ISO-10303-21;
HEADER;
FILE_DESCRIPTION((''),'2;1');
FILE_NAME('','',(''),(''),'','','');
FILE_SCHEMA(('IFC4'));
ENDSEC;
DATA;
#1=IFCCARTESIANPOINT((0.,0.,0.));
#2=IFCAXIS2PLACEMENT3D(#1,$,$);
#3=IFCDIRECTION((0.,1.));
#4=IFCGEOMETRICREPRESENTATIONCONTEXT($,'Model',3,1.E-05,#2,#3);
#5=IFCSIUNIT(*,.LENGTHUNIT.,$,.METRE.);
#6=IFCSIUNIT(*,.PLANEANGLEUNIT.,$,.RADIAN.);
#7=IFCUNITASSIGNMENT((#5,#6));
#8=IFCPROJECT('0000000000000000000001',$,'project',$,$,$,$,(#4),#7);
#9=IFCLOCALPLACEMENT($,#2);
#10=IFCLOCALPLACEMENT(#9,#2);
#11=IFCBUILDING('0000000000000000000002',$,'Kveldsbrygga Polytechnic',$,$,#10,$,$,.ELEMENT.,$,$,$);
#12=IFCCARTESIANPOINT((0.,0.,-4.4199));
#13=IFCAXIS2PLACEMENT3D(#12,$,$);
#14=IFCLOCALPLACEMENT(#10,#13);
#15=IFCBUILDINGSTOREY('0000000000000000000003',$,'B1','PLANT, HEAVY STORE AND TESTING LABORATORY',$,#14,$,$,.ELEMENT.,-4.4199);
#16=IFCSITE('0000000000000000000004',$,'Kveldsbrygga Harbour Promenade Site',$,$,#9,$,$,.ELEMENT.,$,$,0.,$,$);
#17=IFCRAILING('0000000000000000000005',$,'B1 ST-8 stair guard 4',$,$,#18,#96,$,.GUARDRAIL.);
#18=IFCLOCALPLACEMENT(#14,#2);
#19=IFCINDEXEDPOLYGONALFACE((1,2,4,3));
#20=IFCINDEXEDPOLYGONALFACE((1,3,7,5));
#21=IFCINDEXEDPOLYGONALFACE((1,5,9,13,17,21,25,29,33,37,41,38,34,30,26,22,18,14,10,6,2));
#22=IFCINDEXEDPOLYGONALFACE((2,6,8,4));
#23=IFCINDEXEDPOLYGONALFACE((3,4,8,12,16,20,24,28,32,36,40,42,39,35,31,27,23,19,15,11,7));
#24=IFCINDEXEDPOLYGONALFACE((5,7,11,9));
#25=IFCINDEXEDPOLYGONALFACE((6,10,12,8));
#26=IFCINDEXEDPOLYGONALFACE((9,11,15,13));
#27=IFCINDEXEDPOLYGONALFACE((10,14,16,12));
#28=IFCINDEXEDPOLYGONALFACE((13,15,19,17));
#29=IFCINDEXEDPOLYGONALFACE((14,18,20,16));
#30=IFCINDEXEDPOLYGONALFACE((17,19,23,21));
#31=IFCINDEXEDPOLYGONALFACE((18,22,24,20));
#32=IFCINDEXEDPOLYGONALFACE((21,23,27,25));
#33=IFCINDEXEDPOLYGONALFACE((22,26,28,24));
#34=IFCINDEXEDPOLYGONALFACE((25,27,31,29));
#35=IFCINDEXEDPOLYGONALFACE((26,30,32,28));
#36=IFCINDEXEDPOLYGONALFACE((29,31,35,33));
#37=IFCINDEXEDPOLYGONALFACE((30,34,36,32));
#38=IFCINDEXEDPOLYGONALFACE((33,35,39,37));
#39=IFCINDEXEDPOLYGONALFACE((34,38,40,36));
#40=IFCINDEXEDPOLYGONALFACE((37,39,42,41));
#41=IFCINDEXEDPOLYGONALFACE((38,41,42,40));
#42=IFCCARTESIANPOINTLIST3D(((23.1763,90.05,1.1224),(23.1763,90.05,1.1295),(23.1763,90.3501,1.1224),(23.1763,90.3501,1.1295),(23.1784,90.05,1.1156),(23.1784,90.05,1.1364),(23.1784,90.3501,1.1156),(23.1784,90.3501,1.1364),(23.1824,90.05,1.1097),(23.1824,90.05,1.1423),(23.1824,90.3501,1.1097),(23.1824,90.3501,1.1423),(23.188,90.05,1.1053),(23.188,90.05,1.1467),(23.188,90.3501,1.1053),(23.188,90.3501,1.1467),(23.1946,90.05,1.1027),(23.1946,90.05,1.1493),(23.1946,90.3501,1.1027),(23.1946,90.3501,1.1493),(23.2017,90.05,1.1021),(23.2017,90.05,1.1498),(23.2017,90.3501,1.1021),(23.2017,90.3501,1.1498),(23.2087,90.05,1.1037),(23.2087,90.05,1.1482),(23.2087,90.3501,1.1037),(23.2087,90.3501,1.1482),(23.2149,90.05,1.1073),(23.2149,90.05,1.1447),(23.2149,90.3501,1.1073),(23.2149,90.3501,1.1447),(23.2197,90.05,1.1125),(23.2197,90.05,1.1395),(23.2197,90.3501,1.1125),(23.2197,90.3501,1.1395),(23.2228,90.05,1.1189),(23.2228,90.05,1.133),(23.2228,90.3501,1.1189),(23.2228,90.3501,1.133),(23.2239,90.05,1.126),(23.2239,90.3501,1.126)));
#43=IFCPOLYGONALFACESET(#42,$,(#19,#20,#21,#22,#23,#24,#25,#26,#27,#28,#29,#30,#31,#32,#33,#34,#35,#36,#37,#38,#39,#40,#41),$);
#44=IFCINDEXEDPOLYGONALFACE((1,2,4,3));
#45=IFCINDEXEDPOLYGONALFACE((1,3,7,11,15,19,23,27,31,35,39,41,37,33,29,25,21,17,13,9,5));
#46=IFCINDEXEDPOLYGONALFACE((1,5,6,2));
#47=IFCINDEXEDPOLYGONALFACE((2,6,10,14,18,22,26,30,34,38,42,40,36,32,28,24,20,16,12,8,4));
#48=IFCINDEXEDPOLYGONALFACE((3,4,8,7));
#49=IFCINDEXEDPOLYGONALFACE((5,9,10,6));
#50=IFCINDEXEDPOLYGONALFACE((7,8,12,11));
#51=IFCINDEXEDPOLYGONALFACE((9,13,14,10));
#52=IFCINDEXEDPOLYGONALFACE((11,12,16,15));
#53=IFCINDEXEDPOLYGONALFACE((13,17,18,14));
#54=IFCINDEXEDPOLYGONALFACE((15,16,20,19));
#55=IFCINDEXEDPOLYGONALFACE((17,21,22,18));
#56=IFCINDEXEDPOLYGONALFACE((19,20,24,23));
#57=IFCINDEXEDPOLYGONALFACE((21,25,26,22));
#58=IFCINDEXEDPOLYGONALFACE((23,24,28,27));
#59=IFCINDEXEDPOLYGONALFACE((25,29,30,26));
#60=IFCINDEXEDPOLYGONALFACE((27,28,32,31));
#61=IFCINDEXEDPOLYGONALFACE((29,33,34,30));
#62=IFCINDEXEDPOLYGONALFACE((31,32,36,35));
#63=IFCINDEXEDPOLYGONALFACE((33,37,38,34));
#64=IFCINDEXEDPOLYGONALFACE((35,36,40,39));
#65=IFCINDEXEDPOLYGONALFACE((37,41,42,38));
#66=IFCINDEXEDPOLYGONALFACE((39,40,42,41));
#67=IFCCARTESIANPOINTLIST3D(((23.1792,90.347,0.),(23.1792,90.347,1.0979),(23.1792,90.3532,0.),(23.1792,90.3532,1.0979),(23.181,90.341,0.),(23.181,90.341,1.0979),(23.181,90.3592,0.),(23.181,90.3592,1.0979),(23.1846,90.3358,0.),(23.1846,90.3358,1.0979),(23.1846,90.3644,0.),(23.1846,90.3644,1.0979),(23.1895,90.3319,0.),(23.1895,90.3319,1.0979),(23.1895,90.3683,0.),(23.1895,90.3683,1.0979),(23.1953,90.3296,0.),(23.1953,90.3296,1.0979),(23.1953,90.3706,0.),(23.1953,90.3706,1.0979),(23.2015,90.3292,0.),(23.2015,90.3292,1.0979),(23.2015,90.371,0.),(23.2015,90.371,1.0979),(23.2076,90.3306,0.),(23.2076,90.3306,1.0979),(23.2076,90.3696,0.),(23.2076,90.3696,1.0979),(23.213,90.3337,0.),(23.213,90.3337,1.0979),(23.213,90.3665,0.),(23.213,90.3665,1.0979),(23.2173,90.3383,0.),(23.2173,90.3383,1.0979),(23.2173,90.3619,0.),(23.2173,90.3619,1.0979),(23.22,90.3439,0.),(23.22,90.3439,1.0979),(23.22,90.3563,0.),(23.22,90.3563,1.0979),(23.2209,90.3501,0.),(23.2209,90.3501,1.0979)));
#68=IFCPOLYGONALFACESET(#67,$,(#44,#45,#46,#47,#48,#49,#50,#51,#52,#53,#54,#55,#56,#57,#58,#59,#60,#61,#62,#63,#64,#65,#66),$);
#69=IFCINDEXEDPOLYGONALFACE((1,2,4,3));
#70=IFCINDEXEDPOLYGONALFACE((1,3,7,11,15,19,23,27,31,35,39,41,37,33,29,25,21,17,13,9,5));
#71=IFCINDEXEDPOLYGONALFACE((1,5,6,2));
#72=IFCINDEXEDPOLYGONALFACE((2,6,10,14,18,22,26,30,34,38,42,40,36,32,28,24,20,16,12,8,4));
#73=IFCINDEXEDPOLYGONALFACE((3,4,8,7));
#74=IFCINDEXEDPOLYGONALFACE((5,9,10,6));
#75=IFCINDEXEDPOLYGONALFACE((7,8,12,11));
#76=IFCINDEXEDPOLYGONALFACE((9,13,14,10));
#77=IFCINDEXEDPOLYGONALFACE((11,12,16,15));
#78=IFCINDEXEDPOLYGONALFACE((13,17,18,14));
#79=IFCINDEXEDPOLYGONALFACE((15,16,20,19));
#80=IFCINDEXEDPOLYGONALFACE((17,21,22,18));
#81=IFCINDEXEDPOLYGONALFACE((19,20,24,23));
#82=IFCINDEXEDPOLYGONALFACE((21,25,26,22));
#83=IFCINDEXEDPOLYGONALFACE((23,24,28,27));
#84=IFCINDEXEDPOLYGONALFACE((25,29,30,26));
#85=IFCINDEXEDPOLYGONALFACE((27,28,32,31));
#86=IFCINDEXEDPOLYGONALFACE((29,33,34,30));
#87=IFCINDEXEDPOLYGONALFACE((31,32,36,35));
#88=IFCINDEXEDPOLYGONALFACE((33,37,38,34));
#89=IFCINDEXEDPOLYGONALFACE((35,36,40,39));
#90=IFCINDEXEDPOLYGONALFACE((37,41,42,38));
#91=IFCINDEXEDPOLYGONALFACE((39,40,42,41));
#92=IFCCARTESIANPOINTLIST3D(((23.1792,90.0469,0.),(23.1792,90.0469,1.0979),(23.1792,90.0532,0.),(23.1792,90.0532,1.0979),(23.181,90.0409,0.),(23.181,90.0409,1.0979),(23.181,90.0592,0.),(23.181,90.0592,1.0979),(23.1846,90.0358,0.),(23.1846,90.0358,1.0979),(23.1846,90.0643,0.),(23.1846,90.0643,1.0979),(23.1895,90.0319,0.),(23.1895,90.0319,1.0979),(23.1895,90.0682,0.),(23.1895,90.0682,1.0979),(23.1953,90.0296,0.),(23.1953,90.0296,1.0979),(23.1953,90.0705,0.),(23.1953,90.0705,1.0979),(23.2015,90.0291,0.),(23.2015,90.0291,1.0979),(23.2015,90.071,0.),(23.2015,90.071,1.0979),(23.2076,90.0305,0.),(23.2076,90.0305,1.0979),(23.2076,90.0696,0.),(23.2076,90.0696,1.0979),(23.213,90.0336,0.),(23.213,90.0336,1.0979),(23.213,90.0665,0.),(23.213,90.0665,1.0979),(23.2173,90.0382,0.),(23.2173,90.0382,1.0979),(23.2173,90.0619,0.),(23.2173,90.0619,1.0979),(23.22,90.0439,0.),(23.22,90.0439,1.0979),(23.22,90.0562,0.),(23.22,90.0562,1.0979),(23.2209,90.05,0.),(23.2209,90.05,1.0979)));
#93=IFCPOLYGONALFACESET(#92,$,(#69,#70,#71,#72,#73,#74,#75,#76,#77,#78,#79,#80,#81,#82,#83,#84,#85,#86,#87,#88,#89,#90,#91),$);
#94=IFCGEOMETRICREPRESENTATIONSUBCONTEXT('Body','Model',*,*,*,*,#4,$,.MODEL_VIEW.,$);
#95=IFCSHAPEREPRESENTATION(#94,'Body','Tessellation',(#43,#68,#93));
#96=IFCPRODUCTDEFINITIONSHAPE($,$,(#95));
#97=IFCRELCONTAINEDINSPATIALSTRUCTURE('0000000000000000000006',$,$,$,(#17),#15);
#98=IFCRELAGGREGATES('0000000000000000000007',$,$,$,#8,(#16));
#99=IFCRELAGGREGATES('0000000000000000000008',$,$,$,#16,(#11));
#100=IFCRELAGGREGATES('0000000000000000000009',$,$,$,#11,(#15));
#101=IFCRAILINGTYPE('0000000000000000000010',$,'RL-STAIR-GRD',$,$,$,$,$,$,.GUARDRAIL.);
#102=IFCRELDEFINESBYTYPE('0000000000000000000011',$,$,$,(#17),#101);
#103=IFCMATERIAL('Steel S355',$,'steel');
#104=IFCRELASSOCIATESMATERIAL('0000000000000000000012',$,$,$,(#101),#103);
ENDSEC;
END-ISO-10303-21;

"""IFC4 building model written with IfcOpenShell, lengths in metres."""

from ifc_helpers import new_model, si_unit, direction, frame, origin, origin_2d, place, context, subcontext, project, spatial, circle, extrude, material, type_object, element, save


model = new_model("IFC4")

# Units and contexts
model_context = context("Model", 3, precision=1e-05, world=origin(), true_north=direction((0.0, 1.0)))
body_context = subcontext(model_context, "Body", "Model", "MODEL_VIEW")
ifc_project = project(units=[si_unit("LENGTHUNIT", "METRE"), si_unit("PLANEANGLEUNIT", "RADIAN")], contexts=[model_context])

# Site, building, storey
site_placement = place(None, origin())
site = spatial("IfcSite", under=ifc_project, at=site_placement, Name="Kveldsbrygga Harbour Promenade Site", CompositionType="ELEMENT", RefElevation=0.0)
building_placement = place(site_placement, origin())
building = spatial("IfcBuilding", under=site, at=building_placement, Name="Kveldsbrygga Polytechnic", CompositionType="ELEMENT")
storey_placement = place(building_placement, frame((0.0, 0.0, -4.4199)))
storey = spatial("IfcBuildingStorey", under=building, at=storey_placement, Name="B1", Description="PLANT, HEAVY STORE AND TESTING LABORATORY", CompositionType="ELEMENT", Elevation=-4.4199)

# Railing
ifc_material_1 = material(Name="Steel S355", Category="steel")
railing_type_1 = type_object("IfcRailingType", Name="RL-STAIR-GRD", PredefinedType="GUARDRAIL", material=ifc_material_1)
railing_1_placement = place(storey_placement, frame((23.2, 90.3501, 0.0)))
element("IfcRailing", 1, at=railing_1_placement, inside=storey, type_object=railing_type_1, Name="B1 ST-8 stair guard 4", PredefinedType="GUARDRAIL", context=body_context, shape_type="SweptSolid", body=[
    extrude(circle(Radius=0.0239, at=origin_2d()), frame((0.0, 0.0, 1.126), z_axis=(0.0, -1.0, 0.0), x_axis=(1.0, 0.0, 0.0)), (0.0, 0.0, 1.0), 0.3),
    extrude(circle(Radius=0.021, at=origin_2d()), origin(), (0.0, 0.0, 1.0), 1.0979),
    extrude(circle(Radius=0.021, at=origin_2d()), frame((0.0, -0.3, 0.0)), (0.0, 0.0, 1.0), 1.0979),
])

save(model, "model.ifc")
